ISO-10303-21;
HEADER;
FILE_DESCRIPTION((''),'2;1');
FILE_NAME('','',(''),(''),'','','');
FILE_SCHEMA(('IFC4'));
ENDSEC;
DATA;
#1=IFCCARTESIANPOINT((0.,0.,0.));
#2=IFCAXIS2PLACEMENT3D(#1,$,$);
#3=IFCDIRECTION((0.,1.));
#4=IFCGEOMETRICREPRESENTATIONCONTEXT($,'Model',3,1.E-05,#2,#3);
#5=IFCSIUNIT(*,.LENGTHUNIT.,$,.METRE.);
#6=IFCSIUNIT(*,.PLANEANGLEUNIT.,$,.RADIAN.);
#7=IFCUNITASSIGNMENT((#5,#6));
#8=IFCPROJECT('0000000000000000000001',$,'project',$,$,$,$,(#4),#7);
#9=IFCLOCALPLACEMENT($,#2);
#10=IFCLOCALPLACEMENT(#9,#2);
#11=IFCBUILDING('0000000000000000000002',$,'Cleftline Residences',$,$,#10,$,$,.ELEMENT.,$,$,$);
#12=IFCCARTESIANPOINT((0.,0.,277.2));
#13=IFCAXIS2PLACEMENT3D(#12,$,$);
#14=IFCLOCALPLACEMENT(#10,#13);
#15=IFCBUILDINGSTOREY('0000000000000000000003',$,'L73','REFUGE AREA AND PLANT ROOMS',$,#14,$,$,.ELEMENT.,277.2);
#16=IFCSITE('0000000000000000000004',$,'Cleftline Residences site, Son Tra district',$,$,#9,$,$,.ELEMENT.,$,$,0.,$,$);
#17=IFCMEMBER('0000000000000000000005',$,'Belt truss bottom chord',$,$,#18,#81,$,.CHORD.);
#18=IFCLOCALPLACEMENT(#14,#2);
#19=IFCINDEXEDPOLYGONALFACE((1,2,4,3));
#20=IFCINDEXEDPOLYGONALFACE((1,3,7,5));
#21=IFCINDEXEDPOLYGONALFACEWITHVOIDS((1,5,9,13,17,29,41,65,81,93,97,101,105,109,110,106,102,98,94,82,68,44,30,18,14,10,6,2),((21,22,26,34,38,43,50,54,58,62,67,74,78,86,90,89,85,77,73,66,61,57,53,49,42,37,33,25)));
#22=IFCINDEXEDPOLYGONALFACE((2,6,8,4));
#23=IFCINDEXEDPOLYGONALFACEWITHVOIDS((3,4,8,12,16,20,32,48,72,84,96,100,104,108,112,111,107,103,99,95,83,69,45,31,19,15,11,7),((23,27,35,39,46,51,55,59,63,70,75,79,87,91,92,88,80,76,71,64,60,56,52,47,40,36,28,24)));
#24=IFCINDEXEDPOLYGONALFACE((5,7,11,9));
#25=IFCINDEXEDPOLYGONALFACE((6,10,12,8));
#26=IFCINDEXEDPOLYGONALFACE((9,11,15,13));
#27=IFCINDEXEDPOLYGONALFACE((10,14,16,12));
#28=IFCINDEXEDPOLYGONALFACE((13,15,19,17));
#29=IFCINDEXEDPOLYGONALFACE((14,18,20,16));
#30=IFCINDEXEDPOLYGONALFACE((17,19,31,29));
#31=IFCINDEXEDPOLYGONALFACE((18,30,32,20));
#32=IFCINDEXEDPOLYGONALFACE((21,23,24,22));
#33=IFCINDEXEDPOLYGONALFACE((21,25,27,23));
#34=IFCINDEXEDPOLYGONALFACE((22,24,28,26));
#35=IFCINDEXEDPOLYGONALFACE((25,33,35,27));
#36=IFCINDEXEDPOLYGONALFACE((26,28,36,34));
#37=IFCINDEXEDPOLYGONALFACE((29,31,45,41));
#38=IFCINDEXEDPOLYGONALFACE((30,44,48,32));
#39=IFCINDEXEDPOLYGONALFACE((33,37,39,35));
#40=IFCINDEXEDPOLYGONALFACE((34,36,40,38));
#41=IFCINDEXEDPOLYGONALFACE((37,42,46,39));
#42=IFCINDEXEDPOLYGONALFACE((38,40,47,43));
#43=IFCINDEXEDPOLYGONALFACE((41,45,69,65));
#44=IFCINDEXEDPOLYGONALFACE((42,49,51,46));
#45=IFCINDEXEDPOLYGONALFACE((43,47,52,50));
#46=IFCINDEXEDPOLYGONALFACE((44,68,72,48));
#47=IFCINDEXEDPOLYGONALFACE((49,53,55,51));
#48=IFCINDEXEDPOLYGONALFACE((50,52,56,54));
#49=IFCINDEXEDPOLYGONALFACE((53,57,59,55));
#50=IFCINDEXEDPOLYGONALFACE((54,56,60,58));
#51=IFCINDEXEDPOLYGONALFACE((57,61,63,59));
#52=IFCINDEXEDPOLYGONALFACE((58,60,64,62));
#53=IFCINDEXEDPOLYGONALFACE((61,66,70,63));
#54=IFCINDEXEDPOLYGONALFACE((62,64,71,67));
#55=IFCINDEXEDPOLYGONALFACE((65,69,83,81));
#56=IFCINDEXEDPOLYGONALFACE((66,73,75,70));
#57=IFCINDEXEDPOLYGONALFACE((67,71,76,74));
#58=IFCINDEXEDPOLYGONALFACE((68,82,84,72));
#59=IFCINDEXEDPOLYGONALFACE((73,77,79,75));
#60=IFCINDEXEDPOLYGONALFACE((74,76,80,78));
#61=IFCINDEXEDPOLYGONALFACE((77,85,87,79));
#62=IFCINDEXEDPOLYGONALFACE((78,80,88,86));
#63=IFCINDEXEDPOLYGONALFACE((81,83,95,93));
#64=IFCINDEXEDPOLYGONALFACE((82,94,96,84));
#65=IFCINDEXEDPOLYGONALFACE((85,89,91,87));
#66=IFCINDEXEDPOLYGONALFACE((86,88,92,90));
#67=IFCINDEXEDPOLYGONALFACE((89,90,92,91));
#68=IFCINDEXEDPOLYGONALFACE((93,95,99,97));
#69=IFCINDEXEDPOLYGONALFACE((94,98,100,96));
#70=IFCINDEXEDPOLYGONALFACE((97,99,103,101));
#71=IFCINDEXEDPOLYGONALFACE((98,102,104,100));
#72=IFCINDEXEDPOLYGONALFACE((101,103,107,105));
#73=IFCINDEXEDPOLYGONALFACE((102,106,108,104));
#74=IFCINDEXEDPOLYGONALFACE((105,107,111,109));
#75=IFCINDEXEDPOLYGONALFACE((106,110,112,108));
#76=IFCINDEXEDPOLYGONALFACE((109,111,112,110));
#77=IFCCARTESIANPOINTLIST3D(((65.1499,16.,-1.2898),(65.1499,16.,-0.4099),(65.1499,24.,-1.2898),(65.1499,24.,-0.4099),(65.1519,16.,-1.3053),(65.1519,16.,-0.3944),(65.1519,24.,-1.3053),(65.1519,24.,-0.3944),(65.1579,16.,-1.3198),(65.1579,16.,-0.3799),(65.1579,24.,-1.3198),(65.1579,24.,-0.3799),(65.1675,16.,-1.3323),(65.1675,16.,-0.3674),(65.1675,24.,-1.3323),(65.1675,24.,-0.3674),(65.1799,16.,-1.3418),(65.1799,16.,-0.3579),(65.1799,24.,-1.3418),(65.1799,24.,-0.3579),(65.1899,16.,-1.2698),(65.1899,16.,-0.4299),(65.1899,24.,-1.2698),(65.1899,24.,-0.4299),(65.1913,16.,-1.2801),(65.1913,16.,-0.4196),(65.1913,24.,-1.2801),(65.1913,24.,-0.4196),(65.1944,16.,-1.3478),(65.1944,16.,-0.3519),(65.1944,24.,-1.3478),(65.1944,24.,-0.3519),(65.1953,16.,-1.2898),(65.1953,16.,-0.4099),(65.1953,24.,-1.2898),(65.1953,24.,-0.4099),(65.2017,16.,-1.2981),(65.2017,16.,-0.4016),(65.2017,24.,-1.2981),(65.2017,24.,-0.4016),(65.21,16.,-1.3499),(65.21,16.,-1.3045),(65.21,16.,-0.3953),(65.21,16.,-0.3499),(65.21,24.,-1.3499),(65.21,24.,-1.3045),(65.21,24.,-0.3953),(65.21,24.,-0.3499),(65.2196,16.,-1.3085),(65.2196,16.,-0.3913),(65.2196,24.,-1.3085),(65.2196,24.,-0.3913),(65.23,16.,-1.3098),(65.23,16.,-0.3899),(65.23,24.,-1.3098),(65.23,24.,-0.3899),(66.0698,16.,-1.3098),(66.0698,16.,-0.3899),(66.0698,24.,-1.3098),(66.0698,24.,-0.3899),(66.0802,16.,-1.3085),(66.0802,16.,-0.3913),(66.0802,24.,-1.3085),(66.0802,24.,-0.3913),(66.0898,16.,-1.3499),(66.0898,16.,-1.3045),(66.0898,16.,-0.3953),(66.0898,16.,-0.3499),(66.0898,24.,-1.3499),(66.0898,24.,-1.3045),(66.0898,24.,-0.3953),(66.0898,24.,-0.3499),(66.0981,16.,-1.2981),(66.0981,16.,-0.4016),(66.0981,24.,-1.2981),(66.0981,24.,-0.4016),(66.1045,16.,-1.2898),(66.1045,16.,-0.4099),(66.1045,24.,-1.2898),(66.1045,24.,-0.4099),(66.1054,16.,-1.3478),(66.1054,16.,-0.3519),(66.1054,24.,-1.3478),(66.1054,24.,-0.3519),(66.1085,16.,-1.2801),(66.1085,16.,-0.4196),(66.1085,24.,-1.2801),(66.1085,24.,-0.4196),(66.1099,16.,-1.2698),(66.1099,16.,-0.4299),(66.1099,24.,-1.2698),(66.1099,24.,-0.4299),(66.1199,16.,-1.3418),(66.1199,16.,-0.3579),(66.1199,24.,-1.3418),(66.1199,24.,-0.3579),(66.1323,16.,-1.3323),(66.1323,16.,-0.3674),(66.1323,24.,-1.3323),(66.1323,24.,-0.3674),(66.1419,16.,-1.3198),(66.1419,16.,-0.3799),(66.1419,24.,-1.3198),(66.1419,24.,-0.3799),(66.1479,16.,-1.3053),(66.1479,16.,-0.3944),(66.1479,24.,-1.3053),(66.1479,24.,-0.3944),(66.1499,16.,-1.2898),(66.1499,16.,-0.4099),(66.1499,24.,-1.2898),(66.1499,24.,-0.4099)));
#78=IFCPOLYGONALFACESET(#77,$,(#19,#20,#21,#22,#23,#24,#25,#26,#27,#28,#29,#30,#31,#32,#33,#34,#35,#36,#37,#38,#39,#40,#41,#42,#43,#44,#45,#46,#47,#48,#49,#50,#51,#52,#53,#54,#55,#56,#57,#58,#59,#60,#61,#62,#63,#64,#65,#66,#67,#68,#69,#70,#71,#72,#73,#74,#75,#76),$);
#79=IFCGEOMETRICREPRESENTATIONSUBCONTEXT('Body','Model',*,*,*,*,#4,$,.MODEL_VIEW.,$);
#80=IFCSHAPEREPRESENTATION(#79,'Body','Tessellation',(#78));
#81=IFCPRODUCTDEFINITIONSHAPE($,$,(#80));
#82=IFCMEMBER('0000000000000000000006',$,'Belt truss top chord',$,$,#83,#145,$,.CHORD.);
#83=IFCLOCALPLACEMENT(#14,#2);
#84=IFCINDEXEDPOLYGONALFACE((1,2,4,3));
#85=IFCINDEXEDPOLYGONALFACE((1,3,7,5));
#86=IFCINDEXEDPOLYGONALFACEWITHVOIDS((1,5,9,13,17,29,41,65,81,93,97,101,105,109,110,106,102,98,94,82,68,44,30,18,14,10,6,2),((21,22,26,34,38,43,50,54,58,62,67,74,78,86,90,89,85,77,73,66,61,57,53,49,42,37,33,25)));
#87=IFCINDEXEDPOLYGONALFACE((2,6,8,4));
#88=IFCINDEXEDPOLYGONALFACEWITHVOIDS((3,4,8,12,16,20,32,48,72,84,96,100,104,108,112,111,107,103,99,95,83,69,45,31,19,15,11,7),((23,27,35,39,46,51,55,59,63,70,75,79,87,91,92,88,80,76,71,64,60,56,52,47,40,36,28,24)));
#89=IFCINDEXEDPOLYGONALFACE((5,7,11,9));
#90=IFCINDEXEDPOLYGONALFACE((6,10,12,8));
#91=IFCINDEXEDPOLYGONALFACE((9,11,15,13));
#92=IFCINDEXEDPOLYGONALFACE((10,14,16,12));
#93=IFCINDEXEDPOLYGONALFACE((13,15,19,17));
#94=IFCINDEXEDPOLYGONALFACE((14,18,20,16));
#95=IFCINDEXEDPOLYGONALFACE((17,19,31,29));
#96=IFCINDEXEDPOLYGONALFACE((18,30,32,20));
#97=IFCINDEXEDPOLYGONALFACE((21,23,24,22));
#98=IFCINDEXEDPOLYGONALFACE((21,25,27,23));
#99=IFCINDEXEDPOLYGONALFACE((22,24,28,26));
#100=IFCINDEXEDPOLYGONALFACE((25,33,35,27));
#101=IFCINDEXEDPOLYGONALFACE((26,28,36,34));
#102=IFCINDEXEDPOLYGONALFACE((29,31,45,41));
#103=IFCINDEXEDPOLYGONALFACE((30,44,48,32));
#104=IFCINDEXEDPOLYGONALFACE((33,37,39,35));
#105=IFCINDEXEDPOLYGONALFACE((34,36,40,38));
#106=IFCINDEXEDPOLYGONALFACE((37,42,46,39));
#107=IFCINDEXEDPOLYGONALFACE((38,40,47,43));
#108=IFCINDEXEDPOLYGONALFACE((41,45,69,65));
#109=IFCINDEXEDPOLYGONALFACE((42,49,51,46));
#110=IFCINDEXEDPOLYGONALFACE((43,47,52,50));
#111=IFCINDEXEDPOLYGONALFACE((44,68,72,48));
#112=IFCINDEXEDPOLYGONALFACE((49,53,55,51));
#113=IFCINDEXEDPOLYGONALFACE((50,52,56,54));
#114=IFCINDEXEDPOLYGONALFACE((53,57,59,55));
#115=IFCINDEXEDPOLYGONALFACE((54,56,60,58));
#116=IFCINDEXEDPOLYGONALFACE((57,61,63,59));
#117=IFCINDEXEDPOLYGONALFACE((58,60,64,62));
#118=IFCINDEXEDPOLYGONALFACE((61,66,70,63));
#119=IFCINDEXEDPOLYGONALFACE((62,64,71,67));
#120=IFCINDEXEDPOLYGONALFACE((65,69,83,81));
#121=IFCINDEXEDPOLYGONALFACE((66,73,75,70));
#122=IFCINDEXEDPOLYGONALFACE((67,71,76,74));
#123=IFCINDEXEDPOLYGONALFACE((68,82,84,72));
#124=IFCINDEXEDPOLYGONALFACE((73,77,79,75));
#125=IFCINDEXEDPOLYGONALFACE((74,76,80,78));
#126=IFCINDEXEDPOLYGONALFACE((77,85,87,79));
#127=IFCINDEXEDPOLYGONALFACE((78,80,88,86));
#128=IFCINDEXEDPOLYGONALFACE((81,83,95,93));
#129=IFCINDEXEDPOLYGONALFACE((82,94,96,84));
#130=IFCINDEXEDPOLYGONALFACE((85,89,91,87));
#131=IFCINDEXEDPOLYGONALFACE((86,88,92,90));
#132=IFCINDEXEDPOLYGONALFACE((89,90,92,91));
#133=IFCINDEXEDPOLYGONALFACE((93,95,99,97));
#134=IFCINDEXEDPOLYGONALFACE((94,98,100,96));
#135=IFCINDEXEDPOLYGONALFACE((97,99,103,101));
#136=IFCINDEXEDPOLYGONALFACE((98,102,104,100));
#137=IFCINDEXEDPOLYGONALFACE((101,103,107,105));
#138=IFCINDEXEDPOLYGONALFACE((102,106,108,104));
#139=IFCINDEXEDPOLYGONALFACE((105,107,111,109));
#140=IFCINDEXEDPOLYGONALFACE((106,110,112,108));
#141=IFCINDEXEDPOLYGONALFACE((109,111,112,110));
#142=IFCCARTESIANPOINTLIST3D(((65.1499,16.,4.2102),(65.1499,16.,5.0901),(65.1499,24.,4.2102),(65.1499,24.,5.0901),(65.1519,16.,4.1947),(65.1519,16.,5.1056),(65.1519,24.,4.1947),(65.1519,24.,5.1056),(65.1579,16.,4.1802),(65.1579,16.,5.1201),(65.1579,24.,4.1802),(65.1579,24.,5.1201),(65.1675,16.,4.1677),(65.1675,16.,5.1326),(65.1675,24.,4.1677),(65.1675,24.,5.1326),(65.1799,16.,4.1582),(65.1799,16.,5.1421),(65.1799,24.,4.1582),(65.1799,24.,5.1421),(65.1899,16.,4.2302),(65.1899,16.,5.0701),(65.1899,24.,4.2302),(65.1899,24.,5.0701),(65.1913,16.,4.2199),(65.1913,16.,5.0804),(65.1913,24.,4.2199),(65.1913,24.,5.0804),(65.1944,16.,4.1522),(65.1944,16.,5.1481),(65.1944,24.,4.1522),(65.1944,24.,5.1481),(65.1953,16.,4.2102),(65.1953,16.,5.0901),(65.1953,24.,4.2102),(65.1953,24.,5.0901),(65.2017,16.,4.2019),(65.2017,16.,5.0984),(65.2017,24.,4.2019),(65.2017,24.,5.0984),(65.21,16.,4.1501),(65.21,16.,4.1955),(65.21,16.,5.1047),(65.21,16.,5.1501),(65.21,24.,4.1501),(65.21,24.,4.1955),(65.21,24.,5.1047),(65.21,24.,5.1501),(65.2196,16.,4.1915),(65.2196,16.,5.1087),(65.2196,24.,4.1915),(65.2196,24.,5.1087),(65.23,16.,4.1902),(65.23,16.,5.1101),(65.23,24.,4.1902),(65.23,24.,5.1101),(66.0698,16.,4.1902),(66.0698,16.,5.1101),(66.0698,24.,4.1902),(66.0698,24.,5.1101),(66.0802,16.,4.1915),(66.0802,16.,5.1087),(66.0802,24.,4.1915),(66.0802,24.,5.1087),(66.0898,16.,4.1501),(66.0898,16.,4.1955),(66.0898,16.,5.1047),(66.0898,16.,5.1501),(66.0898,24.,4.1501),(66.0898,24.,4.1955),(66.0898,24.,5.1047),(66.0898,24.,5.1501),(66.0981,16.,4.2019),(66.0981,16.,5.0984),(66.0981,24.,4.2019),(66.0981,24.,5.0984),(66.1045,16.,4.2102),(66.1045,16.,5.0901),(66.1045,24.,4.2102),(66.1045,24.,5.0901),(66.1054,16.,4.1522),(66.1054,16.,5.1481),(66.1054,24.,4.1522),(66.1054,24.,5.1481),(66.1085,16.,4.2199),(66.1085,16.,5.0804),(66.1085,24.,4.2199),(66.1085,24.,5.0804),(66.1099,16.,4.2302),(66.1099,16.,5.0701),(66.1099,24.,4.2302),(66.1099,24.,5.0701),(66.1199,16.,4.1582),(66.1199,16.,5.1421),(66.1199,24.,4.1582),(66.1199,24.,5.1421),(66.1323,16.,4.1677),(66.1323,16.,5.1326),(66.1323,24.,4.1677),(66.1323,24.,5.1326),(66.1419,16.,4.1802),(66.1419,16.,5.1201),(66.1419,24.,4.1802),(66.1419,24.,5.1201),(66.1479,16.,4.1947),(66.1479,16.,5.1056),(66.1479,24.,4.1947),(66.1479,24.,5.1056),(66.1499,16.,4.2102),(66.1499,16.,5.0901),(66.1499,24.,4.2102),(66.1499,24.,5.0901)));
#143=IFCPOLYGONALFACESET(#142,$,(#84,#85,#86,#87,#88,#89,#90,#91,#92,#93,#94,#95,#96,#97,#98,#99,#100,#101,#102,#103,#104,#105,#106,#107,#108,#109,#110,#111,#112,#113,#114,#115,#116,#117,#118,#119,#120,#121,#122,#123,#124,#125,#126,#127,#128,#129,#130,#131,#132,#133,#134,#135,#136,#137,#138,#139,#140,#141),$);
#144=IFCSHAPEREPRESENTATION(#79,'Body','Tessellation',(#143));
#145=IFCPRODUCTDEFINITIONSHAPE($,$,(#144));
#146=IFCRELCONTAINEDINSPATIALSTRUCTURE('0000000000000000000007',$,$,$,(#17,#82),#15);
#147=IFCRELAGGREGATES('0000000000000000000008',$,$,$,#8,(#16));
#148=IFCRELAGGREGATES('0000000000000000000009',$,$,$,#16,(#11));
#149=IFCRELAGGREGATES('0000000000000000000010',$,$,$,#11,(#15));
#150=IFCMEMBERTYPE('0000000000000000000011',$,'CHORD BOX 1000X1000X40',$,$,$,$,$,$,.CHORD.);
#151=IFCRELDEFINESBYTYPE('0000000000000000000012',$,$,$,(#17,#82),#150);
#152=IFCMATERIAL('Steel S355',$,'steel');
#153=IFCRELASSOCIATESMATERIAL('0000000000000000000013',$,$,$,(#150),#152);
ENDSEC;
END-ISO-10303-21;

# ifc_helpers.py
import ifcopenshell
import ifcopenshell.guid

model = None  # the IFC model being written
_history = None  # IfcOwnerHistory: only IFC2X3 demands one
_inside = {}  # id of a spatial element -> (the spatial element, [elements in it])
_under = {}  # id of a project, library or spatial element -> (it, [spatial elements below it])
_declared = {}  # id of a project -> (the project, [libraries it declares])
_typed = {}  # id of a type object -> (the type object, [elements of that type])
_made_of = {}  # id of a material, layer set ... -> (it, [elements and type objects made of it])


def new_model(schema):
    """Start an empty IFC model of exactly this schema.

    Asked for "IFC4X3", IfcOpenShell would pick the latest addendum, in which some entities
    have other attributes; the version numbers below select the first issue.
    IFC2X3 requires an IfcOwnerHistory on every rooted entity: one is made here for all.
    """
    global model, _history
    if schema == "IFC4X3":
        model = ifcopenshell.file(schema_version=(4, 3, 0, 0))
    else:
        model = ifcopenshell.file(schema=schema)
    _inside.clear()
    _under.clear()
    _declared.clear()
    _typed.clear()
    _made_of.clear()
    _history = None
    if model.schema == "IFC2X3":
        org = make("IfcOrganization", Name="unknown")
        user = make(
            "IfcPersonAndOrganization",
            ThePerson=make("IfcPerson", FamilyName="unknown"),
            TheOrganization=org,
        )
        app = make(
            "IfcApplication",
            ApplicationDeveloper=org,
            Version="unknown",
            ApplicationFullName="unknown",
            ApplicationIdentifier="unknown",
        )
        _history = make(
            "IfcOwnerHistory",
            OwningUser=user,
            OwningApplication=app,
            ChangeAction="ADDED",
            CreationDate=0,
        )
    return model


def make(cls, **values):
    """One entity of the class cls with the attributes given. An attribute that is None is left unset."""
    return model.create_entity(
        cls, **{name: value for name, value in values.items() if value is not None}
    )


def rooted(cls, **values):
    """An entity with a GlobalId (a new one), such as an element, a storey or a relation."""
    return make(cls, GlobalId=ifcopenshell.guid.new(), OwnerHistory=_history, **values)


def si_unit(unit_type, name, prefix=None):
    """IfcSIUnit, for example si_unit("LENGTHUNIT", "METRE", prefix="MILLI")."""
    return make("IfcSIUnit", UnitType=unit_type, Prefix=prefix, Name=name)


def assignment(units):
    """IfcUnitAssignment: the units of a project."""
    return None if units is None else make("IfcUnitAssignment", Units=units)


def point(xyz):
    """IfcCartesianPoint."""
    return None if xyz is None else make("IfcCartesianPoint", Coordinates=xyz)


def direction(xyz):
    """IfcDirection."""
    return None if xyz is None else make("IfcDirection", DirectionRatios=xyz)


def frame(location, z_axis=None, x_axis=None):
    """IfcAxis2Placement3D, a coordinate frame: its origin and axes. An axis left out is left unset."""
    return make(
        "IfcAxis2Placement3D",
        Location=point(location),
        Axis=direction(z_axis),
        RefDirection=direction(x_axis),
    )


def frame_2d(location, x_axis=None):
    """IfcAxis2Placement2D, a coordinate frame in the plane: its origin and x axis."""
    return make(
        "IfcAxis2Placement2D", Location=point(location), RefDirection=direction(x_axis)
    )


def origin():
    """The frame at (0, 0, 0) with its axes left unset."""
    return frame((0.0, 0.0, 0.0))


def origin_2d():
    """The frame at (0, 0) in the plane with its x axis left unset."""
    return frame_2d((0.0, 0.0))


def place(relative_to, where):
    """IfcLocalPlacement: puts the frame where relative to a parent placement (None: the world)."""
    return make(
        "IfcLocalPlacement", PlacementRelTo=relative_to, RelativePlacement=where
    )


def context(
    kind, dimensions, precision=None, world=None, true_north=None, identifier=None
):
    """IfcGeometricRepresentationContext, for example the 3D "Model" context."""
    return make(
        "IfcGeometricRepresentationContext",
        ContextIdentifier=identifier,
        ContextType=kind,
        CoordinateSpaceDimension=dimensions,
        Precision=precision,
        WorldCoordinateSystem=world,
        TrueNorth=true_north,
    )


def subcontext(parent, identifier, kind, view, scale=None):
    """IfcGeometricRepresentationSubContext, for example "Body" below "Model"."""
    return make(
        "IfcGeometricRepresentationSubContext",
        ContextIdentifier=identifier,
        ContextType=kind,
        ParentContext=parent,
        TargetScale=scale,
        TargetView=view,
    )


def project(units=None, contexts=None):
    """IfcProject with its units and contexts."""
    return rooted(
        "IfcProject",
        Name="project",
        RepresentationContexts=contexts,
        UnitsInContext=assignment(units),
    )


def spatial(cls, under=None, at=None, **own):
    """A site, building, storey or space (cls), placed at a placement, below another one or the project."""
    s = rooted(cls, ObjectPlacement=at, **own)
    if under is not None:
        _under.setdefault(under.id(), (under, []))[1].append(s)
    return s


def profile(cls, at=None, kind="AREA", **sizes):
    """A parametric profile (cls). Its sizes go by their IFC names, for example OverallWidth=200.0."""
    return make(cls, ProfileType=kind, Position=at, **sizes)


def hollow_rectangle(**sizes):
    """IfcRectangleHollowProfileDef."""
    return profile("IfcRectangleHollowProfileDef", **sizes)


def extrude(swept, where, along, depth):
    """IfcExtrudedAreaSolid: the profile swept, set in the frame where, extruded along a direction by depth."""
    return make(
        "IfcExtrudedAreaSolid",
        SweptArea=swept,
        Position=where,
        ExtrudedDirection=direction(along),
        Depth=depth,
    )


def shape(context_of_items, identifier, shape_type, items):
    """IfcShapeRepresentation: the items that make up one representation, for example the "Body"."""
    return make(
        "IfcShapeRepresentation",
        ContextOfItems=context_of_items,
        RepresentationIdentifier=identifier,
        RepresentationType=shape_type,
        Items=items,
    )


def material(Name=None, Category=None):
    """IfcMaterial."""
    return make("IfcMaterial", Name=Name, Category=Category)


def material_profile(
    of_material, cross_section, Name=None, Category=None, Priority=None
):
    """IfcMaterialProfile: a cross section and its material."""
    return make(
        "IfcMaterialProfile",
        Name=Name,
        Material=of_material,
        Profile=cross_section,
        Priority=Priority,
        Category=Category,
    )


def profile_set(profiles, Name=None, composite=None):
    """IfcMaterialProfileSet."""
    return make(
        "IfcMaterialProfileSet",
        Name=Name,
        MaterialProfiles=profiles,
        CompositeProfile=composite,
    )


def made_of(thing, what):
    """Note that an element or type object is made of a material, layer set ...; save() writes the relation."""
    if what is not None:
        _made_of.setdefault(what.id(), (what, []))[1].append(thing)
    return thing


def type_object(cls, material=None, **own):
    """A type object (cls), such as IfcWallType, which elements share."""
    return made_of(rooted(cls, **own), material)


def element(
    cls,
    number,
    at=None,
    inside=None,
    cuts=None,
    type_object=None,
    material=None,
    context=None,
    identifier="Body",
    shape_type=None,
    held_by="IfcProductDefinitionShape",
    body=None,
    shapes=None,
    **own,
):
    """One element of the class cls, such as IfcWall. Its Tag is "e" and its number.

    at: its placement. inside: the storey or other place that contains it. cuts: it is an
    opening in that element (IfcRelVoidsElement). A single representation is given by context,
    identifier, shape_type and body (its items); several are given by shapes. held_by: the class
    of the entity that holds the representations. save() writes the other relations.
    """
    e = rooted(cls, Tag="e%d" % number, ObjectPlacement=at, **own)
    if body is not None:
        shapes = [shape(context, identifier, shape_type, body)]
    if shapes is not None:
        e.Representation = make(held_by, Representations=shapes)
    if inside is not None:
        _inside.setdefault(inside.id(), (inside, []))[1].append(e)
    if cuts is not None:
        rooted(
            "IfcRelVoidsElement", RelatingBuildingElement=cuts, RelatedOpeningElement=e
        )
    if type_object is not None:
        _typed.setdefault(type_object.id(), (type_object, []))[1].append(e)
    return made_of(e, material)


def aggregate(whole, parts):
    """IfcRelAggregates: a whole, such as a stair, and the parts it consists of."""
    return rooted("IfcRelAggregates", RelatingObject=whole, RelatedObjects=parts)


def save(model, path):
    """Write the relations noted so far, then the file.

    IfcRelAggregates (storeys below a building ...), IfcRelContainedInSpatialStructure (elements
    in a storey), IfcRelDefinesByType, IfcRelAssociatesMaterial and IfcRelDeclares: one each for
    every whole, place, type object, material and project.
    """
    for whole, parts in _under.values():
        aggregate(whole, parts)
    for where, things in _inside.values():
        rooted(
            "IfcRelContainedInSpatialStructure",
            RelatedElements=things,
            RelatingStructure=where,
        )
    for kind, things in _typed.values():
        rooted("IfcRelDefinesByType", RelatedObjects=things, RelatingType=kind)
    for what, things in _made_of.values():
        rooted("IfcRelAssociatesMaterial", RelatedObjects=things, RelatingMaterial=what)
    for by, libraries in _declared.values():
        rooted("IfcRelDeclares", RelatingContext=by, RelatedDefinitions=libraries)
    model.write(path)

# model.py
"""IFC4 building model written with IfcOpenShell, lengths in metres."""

from ifc_helpers import new_model, si_unit, direction, frame, origin, origin_2d, place, context, subcontext, project, spatial, hollow_rectangle, extrude, material, material_profile, profile_set, type_object, element, save


model = new_model("IFC4")

# Units and contexts
model_context = context("Model", 3, precision=1e-05, world=origin(), true_north=direction((0.0, 1.0)))
body_context = subcontext(model_context, "Body", "Model", "MODEL_VIEW")
ifc_project = project(units=[si_unit("LENGTHUNIT", "METRE"), si_unit("PLANEANGLEUNIT", "RADIAN")], contexts=[model_context])

# Site, building, storey
site_placement = place(None, origin())
site = spatial("IfcSite", under=ifc_project, at=site_placement, Name="Cleftline Residences site, Son Tra district", CompositionType="ELEMENT", RefElevation=0.0)
building_placement = place(site_placement, origin())
building = spatial("IfcBuilding", under=site, at=building_placement, Name="Cleftline Residences", CompositionType="ELEMENT")
storey_placement = place(building_placement, frame((0.0, 0.0, 277.2)))
storey = spatial("IfcBuildingStorey", under=building, at=storey_placement, Name="L73", Description="REFUGE AREA AND PLANT ROOMS", CompositionType="ELEMENT", Elevation=277.2)

# Members
ifc_material_1 = material(Name="Steel S355", Category="steel")
ifc_material_profile_1 = material_profile(ifc_material_1, hollow_rectangle(XDim=1.0, YDim=1.0, WallThickness=0.04, InnerFilletRadius=0.04, OuterFilletRadius=0.0601, at=origin_2d()))
ifc_profile_set_1 = profile_set([ifc_material_profile_1], Name="Steel S355")
member_type_1 = type_object("IfcMemberType", Name="CHORD BOX 1000X1000X40", PredefinedType="CHORD", material=ifc_profile_set_1)
for number, where, z_axis, x_axis, name in (
    (1, (65.6499, 16.0, -0.8499), (0.0, 1.0, 0.0), (-1.0, 0.0, 0.0), "Belt truss bottom chord"),
    (2, (65.6499, 16.0, 4.6501), (0.0, 1.0, 0.0), (-1.0, 0.0, 0.0), "Belt truss top chord"),
):
    element("IfcMember", number, at=place(storey_placement, frame(where, z_axis=z_axis, x_axis=x_axis)), inside=storey, type_object=member_type_1, Name=name, PredefinedType="CHORD", context=body_context, shape_type="SweptSolid", body=[
        extrude(hollow_rectangle(XDim=1.0, YDim=1.0, WallThickness=0.04, InnerFilletRadius=0.04, OuterFilletRadius=0.0601, at=origin_2d()), origin(), (0.0, 0.0, 1.0), 8.0),
    ])

save(model, "model.ifc")
